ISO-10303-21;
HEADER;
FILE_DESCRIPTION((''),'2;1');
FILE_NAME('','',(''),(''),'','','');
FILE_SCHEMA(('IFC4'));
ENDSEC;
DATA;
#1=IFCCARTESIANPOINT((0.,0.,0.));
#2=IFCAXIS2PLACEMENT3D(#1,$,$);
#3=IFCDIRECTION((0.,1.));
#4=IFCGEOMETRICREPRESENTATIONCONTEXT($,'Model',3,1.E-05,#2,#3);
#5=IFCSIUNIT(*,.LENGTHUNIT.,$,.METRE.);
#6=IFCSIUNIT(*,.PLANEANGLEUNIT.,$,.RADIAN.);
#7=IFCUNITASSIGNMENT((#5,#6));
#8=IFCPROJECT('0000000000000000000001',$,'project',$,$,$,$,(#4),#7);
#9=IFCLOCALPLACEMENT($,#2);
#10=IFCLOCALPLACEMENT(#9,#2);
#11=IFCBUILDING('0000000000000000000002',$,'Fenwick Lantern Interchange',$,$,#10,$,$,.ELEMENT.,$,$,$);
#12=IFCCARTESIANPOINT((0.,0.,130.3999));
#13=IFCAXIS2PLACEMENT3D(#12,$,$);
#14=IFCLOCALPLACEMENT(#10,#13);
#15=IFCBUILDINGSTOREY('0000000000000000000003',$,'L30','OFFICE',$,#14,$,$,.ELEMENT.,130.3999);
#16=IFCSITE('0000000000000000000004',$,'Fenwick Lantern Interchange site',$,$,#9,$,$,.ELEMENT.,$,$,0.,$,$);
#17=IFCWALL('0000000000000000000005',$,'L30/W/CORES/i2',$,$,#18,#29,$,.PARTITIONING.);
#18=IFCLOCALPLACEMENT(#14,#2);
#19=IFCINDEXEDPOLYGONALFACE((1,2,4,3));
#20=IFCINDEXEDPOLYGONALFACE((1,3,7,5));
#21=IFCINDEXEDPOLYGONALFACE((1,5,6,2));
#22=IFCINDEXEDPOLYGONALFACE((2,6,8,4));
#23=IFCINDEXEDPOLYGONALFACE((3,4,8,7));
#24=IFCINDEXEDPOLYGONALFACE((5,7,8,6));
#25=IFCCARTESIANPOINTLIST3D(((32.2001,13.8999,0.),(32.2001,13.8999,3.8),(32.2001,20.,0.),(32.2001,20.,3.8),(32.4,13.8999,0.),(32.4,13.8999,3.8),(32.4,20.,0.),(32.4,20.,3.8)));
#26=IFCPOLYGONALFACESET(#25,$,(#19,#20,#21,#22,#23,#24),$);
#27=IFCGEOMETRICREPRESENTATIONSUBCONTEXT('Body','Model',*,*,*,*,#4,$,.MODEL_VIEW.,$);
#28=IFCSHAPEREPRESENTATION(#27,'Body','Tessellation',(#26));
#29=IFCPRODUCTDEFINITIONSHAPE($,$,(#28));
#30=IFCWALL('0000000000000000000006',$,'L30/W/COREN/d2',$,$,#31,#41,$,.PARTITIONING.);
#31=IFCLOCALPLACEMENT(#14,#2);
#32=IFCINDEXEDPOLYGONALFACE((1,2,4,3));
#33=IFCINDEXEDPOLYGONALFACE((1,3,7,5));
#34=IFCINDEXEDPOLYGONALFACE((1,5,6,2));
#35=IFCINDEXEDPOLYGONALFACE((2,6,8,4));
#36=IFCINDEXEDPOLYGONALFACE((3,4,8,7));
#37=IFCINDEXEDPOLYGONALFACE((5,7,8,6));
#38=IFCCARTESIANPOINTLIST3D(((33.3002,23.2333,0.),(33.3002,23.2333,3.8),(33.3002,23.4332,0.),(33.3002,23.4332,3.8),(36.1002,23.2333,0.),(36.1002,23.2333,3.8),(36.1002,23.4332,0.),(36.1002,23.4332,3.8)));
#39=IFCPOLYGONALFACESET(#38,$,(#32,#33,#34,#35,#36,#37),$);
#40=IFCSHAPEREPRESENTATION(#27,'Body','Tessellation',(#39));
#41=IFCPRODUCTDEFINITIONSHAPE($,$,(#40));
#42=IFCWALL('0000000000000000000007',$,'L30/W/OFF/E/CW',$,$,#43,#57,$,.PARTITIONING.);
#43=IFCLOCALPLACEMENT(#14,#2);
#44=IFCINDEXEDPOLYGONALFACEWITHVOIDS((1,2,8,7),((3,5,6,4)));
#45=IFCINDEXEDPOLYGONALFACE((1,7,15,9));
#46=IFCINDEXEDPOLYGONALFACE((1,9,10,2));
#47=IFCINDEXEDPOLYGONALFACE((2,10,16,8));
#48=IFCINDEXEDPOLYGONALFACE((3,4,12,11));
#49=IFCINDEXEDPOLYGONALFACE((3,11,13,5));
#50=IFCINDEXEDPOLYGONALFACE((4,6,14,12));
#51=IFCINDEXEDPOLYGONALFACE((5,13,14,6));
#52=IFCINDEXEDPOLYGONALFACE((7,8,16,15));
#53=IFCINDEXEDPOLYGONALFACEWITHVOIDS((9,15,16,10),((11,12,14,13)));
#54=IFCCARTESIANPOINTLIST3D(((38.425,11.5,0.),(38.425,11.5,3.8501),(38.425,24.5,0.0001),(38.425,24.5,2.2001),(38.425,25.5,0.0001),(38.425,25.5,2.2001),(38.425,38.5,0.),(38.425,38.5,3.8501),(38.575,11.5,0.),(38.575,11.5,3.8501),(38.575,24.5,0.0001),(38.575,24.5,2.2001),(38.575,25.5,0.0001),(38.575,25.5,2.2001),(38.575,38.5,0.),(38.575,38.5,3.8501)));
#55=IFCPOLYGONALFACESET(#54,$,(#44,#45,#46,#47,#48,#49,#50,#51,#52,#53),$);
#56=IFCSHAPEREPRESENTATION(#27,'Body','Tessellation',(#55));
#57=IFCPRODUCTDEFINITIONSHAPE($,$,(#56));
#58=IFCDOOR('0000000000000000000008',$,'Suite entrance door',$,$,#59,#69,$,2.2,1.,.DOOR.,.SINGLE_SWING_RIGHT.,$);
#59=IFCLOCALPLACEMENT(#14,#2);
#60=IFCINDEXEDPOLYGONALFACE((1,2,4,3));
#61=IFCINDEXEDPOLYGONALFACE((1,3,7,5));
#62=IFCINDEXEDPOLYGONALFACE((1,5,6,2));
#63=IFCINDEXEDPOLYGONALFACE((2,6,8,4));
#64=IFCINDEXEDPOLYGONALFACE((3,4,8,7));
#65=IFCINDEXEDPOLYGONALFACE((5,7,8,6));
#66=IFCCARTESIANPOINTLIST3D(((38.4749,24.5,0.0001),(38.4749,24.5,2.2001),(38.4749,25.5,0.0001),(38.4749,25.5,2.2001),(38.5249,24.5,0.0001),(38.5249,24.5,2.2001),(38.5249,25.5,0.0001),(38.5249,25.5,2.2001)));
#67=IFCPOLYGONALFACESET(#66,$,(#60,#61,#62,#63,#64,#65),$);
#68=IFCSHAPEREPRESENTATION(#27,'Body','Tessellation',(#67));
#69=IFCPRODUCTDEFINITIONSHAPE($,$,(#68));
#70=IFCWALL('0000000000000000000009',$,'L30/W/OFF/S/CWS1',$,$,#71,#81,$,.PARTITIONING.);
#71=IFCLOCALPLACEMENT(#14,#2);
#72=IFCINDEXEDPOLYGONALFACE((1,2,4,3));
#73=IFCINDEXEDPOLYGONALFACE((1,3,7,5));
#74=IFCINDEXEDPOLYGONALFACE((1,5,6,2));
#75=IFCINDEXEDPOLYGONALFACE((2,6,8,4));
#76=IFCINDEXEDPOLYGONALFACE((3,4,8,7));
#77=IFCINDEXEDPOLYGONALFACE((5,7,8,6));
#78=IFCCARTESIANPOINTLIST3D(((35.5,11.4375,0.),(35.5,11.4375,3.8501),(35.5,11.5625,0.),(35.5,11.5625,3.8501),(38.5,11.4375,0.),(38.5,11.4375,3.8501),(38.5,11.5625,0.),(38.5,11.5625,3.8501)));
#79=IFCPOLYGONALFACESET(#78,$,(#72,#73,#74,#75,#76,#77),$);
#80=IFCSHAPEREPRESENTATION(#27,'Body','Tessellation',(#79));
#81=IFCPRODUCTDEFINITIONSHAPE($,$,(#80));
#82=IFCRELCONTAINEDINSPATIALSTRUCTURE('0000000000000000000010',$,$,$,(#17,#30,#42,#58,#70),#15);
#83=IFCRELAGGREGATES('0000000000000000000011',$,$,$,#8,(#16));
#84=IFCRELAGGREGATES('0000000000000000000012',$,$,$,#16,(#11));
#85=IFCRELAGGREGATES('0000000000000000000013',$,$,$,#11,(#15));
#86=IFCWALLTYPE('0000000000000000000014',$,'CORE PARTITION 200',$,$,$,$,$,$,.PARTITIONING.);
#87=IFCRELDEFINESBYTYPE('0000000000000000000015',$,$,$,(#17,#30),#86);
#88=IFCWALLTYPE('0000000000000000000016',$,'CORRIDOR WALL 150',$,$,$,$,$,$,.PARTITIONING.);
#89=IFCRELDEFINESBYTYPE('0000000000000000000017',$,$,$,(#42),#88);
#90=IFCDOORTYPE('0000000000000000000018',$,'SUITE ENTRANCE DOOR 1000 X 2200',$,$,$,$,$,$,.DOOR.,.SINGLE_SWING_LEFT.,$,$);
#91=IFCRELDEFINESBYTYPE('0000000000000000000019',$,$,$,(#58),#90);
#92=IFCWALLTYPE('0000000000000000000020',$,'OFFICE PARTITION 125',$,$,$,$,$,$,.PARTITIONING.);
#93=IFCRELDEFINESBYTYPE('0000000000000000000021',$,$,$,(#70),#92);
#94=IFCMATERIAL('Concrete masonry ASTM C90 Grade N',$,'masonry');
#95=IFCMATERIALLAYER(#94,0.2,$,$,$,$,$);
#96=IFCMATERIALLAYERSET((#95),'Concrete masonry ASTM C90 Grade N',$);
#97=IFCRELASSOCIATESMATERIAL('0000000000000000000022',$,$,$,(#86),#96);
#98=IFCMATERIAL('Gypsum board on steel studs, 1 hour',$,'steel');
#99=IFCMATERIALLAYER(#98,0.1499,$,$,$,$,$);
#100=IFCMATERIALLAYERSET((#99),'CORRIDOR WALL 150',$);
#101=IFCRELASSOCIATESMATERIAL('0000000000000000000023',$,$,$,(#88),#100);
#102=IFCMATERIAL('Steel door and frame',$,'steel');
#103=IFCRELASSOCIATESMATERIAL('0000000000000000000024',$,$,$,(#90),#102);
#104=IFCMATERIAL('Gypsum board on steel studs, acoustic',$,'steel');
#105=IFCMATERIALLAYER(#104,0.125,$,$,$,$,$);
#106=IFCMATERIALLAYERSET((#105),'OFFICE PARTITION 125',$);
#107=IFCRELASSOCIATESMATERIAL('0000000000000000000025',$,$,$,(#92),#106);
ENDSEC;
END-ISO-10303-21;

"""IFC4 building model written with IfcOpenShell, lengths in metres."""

from ifc_helpers import new_model, si_unit, direction, frame, frame_2d, origin, place, context, subcontext, project, spatial, rectangle, extrude, material, layer, layer_set, type_object, element, fill, save


model = new_model("IFC4")

# Units and contexts
model_context = context("Model", 3, precision=1e-05, world=origin(), true_north=direction((0.0, 1.0)))
body_context = subcontext(model_context, "Body", "Model", "MODEL_VIEW")
ifc_project = project(units=[si_unit("LENGTHUNIT", "METRE"), si_unit("PLANEANGLEUNIT", "RADIAN")], contexts=[model_context])

# Site, building, storey
site_placement = place(None, origin())
site = spatial("IfcSite", under=ifc_project, at=site_placement, Name="Fenwick Lantern Interchange site", CompositionType="ELEMENT", RefElevation=0.0)
building_placement = place(site_placement, origin())
building = spatial("IfcBuilding", under=site, at=building_placement, Name="Fenwick Lantern Interchange", CompositionType="ELEMENT")
storey_placement = place(building_placement, frame((0.0, 0.0, 130.3999)))
storey = spatial("IfcBuildingStorey", under=building, at=storey_placement, Name="L30", Description="OFFICE", CompositionType="ELEMENT", Elevation=130.3999)

# Walls
ifc_material_1 = material(Name="Concrete masonry ASTM C90 Grade N", Category="masonry")
ifc_layer_1 = layer(ifc_material_1, 0.2)
ifc_layer_set_1 = layer_set([ifc_layer_1], Name="Concrete masonry ASTM C90 Grade N")
wall_type_1 = type_object("IfcWallType", Name="CORE PARTITION 200", PredefinedType="PARTITIONING", material=ifc_layer_set_1)
wall_1_placement = place(storey_placement, frame((32.3, 13.8999, 0.0), z_axis=(0.0, 0.0, 1.0), x_axis=(0.0, 1.0, 0.0)))
element("IfcWall", 1, at=wall_1_placement, inside=storey, type_object=wall_type_1, Name="L30/W/CORES/i2", PredefinedType="PARTITIONING", context=body_context, shape_type="SweptSolid", body=[
    extrude(rectangle(XDim=6.1001, YDim=0.2, at=frame_2d((3.05, 0.0))), origin(), (0.0, 0.0, 1.0), 3.8),
])
wall_2_placement = place(storey_placement, frame((36.1001, 23.3333, 0.0), z_axis=(0.0, 0.0, 1.0), x_axis=(-1.0, 0.0, 0.0)))
element("IfcWall", 2, at=wall_2_placement, inside=storey, type_object=wall_type_1, Name="L30/W/COREN/d2", PredefinedType="PARTITIONING", context=body_context, shape_type="SweptSolid", body=[
    extrude(rectangle(XDim=2.8, YDim=0.2, at=frame_2d((1.3999, 0.0))), origin(), (0.0, 0.0, 1.0), 3.8),
])

# Shared definitions
ifc_material_2 = material(Name="Steel door and frame", Category="steel")

# Wall, opening, door
ifc_material_3 = material(Name="Gypsum board on steel studs, 1 hour", Category="steel")
ifc_layer_2 = layer(ifc_material_3, 0.1499)
ifc_layer_set_2 = layer_set([ifc_layer_2], Name="CORRIDOR WALL 150")
wall_type_2 = type_object("IfcWallType", Name="CORRIDOR WALL 150", PredefinedType="PARTITIONING", material=ifc_layer_set_2)
wall_3_placement = place(storey_placement, frame((38.5, 11.5, 0.0), z_axis=(0.0, 0.0, 1.0), x_axis=(0.0, 1.0, 0.0)))
wall_3 = element("IfcWall", 3, at=wall_3_placement, inside=storey, type_object=wall_type_2, Name="L30/W/OFF/E/CW", PredefinedType="PARTITIONING", context=body_context, shape_type="SweptSolid", body=[
    extrude(rectangle(XDim=27.0, YDim=0.1499, at=frame_2d((13.5, 0.0))), origin(), (0.0, 0.0, 1.0), 3.8501),
])
opening_1_placement = place(wall_3_placement, frame((13.0, 0.0, 0.0)))
opening_1 = element("IfcOpeningElement", 4, at=opening_1_placement, cuts=wall_3, PredefinedType="OPENING", context=body_context, shape_type="SweptSolid", body=[
    extrude(rectangle(XDim=1.0, YDim=2.2, at=frame_2d((0.5, 1.1001))), frame((0.0, 0.085, 0.0), z_axis=(0.0, -1.0, 0.0), x_axis=(1.0, 0.0, 0.0)), (0.0, 0.0, 1.0), 0.1699),
])
door_type_1 = type_object("IfcDoorType", Name="SUITE ENTRANCE DOOR 1000 X 2200", OperationType="SINGLE_SWING_LEFT", PredefinedType="DOOR", material=ifc_material_2)
door_1_placement = place(opening_1_placement, frame((1.0, 0.0, 0.0), z_axis=(0.0, 0.0, 1.0), x_axis=(-1.0, 0.0, 0.0)))
door_1 = element("IfcDoor", 5, at=door_1_placement, inside=storey, type_object=door_type_1, Name="Suite entrance door", OperationType="SINGLE_SWING_RIGHT", OverallHeight=2.2, OverallWidth=1.0, PredefinedType="DOOR", context=body_context, shape_type="SweptSolid", body=[
    extrude(rectangle(XDim=1.0, YDim=2.2, at=frame_2d((0.5, 1.1001))), frame((0.0, 0.0249, 0.0), z_axis=(0.0, -1.0, 0.0), x_axis=(1.0, 0.0, 0.0)), (0.0, 0.0, 1.0), 0.05),
])
fill(opening_1, door_1)

# Wall
ifc_material_4 = material(Name="Gypsum board on steel studs, acoustic", Category="steel")
ifc_layer_3 = layer(ifc_material_4, 0.125)
ifc_layer_set_3 = layer_set([ifc_layer_3], Name="OFFICE PARTITION 125")
wall_type_3 = type_object("IfcWallType", Name="OFFICE PARTITION 125", PredefinedType="PARTITIONING", material=ifc_layer_set_3)
wall_4_placement = place(storey_placement, frame((35.5, 11.5, 0.0), z_axis=(0.0, 0.0, 1.0), x_axis=(1.0, 0.0, 0.0)))
element("IfcWall", 6, at=wall_4_placement, inside=storey, type_object=wall_type_3, Name="L30/W/OFF/S/CWS1", PredefinedType="PARTITIONING", context=body_context, shape_type="SweptSolid", body=[
    extrude(rectangle(XDim=3.0, YDim=0.125, at=frame_2d((1.5, 0.0))), origin(), (0.0, 0.0, 1.0), 3.8501),
])

save(model, "model.ifc")
